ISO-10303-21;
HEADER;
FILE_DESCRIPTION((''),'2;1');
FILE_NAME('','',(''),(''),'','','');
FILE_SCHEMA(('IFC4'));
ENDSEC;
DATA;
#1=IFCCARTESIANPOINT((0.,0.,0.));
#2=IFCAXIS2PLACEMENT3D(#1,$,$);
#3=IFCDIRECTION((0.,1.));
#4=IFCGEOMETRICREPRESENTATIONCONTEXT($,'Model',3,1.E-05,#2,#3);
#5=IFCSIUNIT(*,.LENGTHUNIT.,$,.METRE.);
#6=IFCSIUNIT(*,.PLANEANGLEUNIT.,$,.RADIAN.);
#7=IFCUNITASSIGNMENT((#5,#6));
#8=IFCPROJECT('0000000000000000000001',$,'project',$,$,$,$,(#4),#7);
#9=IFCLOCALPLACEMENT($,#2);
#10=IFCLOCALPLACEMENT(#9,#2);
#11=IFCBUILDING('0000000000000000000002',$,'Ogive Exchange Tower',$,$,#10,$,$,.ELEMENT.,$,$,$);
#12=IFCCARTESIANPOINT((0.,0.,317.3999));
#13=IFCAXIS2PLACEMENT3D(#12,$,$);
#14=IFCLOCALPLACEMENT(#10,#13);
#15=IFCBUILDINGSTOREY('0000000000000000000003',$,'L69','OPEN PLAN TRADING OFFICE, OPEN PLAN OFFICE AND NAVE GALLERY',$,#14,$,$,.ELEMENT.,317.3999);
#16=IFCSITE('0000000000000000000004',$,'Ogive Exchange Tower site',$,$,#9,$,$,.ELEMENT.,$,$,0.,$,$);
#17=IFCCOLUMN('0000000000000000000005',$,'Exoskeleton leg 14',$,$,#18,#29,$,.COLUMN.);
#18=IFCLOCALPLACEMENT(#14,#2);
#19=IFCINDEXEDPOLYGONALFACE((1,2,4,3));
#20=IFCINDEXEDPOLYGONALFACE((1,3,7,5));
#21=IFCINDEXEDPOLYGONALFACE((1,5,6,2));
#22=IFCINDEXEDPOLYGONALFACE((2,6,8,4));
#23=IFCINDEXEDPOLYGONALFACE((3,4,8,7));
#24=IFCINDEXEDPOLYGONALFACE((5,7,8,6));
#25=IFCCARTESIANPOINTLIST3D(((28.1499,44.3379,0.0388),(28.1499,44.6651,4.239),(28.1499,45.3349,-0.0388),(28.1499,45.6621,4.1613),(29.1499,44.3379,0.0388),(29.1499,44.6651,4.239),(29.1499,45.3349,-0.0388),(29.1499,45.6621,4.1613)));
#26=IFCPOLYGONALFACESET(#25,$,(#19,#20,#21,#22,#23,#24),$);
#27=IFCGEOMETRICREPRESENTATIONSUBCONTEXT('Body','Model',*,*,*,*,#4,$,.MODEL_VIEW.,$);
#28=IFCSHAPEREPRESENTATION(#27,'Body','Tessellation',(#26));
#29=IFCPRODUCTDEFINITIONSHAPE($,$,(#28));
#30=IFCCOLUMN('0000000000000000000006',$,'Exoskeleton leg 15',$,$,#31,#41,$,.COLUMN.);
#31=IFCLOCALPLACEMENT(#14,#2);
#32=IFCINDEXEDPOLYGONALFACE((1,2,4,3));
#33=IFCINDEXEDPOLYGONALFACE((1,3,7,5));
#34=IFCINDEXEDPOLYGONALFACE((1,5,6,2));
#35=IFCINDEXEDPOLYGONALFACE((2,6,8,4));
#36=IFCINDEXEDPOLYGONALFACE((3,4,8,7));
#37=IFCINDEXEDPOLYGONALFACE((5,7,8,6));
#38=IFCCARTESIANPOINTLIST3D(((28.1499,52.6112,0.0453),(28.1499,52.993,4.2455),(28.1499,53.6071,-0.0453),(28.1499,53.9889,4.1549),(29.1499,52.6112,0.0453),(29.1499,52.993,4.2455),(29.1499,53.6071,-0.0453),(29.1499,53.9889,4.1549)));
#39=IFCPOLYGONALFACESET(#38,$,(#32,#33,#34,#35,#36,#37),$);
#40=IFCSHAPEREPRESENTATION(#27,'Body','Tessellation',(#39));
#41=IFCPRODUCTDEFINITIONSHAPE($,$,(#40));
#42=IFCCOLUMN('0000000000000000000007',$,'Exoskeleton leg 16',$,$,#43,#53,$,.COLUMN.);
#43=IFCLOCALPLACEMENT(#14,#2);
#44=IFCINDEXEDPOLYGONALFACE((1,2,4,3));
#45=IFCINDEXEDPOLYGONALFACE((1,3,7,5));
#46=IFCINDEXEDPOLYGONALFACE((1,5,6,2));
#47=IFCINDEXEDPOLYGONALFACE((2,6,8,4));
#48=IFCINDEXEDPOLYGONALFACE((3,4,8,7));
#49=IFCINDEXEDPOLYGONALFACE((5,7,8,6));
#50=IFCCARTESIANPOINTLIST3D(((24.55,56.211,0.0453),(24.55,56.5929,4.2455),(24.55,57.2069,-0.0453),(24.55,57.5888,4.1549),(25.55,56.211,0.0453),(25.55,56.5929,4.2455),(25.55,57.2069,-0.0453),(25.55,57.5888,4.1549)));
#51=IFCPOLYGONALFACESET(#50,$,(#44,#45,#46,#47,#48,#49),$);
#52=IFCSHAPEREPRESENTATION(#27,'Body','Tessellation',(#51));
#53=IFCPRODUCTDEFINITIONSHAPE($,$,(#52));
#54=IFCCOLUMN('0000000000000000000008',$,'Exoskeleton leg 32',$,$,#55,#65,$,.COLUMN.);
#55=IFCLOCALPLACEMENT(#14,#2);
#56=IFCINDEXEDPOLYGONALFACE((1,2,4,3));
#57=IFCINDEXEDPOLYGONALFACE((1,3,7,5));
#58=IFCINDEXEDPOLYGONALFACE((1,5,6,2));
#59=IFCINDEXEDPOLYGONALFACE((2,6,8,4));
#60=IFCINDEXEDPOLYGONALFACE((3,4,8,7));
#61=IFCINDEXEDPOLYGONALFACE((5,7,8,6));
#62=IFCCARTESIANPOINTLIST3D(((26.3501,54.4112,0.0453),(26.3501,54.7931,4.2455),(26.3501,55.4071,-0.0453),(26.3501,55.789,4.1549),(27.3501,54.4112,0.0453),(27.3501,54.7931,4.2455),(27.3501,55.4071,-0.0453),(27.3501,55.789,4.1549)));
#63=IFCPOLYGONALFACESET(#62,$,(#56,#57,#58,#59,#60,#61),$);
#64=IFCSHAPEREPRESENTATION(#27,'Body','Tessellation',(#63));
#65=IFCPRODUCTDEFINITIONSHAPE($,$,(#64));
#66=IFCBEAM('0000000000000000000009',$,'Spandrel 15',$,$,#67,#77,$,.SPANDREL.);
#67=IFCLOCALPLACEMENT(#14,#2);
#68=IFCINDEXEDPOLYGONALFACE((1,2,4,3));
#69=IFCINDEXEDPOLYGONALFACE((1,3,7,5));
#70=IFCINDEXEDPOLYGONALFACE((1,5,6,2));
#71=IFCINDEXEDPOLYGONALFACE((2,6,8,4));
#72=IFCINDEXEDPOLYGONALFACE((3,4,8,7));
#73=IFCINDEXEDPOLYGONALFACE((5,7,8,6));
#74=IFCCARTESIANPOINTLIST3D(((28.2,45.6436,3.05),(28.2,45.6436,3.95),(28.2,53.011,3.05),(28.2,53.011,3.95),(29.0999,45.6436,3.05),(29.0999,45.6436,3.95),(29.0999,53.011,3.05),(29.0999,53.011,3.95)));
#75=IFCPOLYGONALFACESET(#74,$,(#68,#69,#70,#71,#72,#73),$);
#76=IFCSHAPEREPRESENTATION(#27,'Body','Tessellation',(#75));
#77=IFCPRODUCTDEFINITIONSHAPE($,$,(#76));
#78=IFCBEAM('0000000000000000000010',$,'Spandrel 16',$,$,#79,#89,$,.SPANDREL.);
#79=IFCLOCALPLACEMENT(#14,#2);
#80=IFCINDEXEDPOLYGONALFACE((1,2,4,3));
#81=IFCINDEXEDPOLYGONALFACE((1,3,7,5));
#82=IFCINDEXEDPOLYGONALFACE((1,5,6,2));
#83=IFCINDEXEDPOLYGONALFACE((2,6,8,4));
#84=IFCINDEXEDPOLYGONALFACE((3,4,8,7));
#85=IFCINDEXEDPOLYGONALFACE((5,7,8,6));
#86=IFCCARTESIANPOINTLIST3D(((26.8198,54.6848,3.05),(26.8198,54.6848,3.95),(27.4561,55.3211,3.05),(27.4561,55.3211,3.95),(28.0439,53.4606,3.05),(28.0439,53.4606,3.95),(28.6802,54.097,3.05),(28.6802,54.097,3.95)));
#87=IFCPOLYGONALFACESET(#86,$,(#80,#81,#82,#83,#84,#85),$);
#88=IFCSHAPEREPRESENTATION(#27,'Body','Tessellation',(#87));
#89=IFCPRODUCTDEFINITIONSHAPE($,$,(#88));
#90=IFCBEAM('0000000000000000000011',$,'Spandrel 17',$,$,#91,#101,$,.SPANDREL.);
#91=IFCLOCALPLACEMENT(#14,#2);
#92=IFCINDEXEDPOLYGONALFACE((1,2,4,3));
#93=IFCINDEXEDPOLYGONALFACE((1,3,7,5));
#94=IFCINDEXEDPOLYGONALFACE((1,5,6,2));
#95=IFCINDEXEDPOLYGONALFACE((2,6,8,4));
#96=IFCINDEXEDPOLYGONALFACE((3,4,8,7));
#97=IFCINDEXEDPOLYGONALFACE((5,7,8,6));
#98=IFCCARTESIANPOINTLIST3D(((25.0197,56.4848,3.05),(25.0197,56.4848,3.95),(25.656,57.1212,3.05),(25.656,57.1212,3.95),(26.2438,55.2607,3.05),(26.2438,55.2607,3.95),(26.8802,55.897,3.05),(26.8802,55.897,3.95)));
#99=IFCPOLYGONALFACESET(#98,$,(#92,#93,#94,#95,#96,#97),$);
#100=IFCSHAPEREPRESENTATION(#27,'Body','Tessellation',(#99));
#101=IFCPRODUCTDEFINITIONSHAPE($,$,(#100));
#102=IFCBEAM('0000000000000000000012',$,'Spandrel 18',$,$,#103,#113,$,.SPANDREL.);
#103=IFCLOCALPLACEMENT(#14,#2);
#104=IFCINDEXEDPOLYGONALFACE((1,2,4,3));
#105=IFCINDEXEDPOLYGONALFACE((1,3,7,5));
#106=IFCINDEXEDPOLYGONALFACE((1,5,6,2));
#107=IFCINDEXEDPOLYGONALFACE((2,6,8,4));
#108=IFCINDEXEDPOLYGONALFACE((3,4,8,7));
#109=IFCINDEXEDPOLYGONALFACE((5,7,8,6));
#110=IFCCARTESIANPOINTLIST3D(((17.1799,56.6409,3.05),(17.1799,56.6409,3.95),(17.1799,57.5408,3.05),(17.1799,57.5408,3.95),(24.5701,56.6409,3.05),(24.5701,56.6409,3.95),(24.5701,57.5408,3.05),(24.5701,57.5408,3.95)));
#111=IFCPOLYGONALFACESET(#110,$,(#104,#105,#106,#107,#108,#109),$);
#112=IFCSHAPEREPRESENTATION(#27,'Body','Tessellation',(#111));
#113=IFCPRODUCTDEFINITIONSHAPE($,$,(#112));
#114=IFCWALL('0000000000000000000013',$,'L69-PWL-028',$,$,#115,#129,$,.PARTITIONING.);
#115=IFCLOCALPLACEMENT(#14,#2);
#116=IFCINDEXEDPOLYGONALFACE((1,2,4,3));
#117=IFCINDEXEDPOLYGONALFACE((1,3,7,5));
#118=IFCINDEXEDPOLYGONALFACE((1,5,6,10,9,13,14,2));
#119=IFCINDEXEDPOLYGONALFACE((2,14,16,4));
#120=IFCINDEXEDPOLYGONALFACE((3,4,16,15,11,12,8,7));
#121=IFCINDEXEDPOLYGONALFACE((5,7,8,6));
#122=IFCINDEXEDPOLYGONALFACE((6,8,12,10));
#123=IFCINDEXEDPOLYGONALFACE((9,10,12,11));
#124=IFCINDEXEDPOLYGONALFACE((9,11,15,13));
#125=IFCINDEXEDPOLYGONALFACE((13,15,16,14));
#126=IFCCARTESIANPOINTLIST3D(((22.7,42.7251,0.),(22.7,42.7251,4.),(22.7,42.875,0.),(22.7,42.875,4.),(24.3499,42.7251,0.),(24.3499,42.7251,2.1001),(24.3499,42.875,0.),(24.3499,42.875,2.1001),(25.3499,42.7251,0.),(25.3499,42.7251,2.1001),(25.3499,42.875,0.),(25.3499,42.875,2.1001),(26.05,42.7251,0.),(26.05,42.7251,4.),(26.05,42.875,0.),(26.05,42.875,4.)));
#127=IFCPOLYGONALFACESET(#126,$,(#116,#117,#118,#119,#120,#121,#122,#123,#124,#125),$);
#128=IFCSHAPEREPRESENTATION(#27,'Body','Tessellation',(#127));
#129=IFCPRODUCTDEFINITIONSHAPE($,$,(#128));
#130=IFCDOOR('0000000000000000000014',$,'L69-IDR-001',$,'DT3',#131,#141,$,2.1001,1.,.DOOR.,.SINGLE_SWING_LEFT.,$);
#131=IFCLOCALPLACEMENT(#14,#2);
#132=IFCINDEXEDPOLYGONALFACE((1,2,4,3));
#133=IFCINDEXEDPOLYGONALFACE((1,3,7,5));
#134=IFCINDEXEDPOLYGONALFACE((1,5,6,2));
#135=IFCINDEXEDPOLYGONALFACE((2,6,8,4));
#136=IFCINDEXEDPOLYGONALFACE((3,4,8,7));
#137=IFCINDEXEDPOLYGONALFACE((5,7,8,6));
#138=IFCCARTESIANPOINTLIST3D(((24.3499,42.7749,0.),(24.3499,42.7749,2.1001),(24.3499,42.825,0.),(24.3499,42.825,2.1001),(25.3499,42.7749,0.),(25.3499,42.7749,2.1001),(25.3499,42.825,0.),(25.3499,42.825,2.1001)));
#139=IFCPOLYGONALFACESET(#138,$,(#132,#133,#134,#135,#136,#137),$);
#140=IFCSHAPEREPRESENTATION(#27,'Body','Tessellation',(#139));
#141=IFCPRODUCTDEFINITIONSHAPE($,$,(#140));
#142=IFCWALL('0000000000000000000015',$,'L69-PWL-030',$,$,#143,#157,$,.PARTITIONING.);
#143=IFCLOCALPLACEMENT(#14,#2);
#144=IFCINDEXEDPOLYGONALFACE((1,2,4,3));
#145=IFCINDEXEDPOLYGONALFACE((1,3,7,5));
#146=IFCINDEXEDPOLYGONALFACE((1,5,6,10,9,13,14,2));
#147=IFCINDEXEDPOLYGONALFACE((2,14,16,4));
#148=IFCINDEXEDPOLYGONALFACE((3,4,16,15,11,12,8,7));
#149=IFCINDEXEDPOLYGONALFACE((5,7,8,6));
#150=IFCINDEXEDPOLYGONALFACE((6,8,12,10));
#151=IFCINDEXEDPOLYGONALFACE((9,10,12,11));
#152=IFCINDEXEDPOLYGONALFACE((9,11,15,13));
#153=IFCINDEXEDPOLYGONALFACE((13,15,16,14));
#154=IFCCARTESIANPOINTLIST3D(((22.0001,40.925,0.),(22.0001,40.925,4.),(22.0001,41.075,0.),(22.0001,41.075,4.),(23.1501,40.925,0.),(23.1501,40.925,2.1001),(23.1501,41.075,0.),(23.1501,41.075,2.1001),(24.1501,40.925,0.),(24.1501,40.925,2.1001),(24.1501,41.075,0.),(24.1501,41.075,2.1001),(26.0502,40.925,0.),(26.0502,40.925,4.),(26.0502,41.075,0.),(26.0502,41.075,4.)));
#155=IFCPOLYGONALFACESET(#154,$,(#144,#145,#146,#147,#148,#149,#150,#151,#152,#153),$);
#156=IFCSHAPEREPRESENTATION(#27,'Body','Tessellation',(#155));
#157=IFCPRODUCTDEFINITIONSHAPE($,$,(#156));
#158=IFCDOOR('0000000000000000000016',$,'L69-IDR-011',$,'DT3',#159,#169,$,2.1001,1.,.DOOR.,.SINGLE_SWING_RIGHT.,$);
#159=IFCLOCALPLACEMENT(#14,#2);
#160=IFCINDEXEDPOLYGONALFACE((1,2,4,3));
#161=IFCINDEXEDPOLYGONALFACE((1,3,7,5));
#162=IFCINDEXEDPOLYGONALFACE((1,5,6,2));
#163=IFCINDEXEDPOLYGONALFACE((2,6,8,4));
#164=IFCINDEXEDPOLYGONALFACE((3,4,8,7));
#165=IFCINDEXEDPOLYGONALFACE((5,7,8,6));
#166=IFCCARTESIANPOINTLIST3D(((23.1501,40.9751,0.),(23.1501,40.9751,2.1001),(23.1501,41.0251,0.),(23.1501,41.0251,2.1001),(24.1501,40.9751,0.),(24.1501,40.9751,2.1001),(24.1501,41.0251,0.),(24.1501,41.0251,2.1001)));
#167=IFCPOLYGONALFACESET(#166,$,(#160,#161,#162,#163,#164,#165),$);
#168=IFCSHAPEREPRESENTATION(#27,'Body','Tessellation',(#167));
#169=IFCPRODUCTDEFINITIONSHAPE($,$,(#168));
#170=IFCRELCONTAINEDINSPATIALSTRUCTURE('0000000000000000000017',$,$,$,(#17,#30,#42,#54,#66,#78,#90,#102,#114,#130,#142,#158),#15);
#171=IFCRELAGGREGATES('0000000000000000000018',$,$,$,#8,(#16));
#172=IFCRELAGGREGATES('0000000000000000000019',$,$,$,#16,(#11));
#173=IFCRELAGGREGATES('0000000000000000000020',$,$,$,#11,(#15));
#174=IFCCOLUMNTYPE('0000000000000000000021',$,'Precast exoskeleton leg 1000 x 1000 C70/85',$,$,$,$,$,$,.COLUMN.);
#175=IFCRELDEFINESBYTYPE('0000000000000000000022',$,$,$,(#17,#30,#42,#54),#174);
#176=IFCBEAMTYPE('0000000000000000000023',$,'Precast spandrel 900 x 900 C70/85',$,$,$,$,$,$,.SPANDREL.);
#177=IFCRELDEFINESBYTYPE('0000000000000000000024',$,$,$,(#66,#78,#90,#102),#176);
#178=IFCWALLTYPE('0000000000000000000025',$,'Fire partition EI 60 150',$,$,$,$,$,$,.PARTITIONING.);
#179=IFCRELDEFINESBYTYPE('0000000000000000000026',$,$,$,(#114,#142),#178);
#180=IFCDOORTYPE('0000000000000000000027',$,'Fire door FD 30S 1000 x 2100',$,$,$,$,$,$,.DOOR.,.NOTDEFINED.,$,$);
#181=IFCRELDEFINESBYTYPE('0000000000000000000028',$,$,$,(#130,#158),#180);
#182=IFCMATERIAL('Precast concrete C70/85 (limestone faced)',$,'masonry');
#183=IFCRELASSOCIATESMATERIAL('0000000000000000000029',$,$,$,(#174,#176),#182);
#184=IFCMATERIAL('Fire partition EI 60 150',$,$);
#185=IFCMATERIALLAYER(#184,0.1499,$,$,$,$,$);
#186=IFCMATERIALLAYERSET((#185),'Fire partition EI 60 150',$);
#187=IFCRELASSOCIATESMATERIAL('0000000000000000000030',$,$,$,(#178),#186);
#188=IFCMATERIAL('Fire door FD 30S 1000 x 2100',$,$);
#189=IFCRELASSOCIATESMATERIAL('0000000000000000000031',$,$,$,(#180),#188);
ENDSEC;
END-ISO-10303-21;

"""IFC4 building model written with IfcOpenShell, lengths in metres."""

from ifc_helpers import new_model, si_unit, direction, frame, frame_2d, origin, origin_2d, place, context, subcontext, project, spatial, rectangle, extrude, material, layer, layer_set, material_profile, profile_set, type_object, element, fill, save


model = new_model("IFC4")

# Units and contexts
model_context = context("Model", 3, precision=1e-05, world=origin(), true_north=direction((0.0, 1.0)))
body_context = subcontext(model_context, "Body", "Model", "MODEL_VIEW")
ifc_project = project(units=[si_unit("LENGTHUNIT", "METRE"), si_unit("PLANEANGLEUNIT", "RADIAN")], contexts=[model_context])

# Site, building, storey
site_placement = place(None, origin())
site = spatial("IfcSite", under=ifc_project, at=site_placement, Name="Ogive Exchange Tower site", CompositionType="ELEMENT", RefElevation=0.0)
building_placement = place(site_placement, origin())
building = spatial("IfcBuilding", under=site, at=building_placement, Name="Ogive Exchange Tower", CompositionType="ELEMENT")
storey_placement = place(building_placement, frame((0.0, 0.0, 317.3999)))
storey = spatial("IfcBuildingStorey", under=building, at=storey_placement, Name="L69", Description="OPEN PLAN TRADING OFFICE, OPEN PLAN OFFICE AND NAVE GALLERY", CompositionType="ELEMENT", Elevation=317.3999)

# Columns
ifc_material_1 = material(Name="Precast concrete C70/85 (limestone faced)", Category="masonry")
ifc_material_profile_1 = material_profile(ifc_material_1, rectangle(XDim=1.0, YDim=1.0, at=origin_2d()), Name="1000 x 1000")
ifc_profile_set_1 = profile_set([ifc_material_profile_1], Name="Precast concrete C70/85 (limestone faced)")
column_type = type_object("IfcColumnType", Name="Precast exoskeleton leg 1000 x 1000 C70/85", PredefinedType="COLUMN", material=ifc_profile_set_1)
column_placement = place(storey_placement, frame((28.6499, 44.8364, 0.0), z_axis=(0.0, 0.077654, 0.99698), x_axis=(-1.0, 0.0, 0.0)))
element("IfcColumn", 1, at=column_placement, inside=storey, type_object=column_type, Name="Exoskeleton leg 14", PredefinedType="COLUMN", context=body_context, shape_type="SweptSolid", body=[
    extrude(rectangle(XDim=1.0, YDim=1.0, at=origin_2d()), origin(), (0.0, 0.0, 1.0), 4.2129),
])
for number, where, z_axis, x_axis, name in (
    (2, (28.6499, 53.1091, 0.0), (0.0, 0.090536, 0.995893), (-1.0, 0.0, 0.0), "Exoskeleton leg 15"),
    (3, (25.05, 56.709, 0.0), (0.0, 0.090536, 0.995893), (-1.0, 0.0, 0.0), "Exoskeleton leg 16"),
    (4, (26.8501, 54.9092, 0.0), (0.0, 0.090536, 0.995893), (-1.0, 0.0, 0.0), "Exoskeleton leg 32"),
):
    element("IfcColumn", number, at=place(storey_placement, frame(where, z_axis=z_axis, x_axis=x_axis)), inside=storey, type_object=column_type, Name=name, PredefinedType="COLUMN", context=body_context, shape_type="SweptSolid", body=[
        extrude(rectangle(XDim=1.0, YDim=1.0, at=origin_2d()), origin(), (0.0, 0.0, 1.0), 4.2175),
    ])

# Beams
ifc_material_profile_2 = material_profile(ifc_material_1, rectangle(XDim=0.8999, YDim=0.8999, at=origin_2d()), Name="900 x 900")
ifc_profile_set_2 = profile_set([ifc_material_profile_2], Name="Precast concrete C70/85 (limestone faced)")
beam_type = type_object("IfcBeamType", Name="Precast spandrel 900 x 900 C70/85", PredefinedType="SPANDREL", material=ifc_profile_set_2)
beam_1_placement = place(storey_placement, frame((28.6499, 45.6436, 3.5), z_axis=(0.0, 1.0, 0.0), x_axis=(-1.0, 0.0, 0.0)))
element("IfcBeam", 5, at=beam_1_placement, inside=storey, type_object=beam_type, Name="Spandrel 15", PredefinedType="SPANDREL", context=body_context, shape_type="SweptSolid", body=[
    extrude(rectangle(XDim=0.8999, YDim=0.8999, at=origin_2d()), origin(), (0.0, 0.0, 1.0), 7.3674),
])
for number, where, z_axis, x_axis, name in (
    (6, (28.3621, 53.7788, 3.5), (-0.707107, 0.707107, 0.0), (-0.707107, -0.707107, 0.0), "Spandrel 16"),
    (7, (26.562, 55.5789, 3.5), (-0.707107, 0.707107, 0.0), (-0.707107, -0.707107, 0.0), "Spandrel 17"),
):
    element("IfcBeam", number, at=place(storey_placement, frame(where, z_axis=z_axis, x_axis=x_axis)), inside=storey, type_object=beam_type, Name=name, PredefinedType="SPANDREL", context=body_context, shape_type="SweptSolid", body=[
        extrude(rectangle(XDim=0.8999, YDim=0.8999, at=origin_2d()), origin(), (0.0, 0.0, 1.0), 1.7312),
    ])
beam_2_placement = place(storey_placement, frame((24.5701, 57.0908, 3.5), z_axis=(-1.0, 0.0, 0.0), x_axis=(0.0, -1.0, 0.0)))
element("IfcBeam", 8, at=beam_2_placement, inside=storey, type_object=beam_type, Name="Spandrel 18", PredefinedType="SPANDREL", context=body_context, shape_type="SweptSolid", body=[
    extrude(rectangle(XDim=0.8999, YDim=0.8999, at=origin_2d()), origin(), (0.0, 0.0, 1.0), 7.3901),
])

# Walls, openings, doors
ifc_material_2 = material(Name="Fire partition EI 60 150")
ifc_layer_1 = layer(ifc_material_2, 0.1499)
ifc_layer_set_1 = layer_set([ifc_layer_1], Name="Fire partition EI 60 150")
wall_type_1 = type_object("IfcWallType", Name="Fire partition EI 60 150", PredefinedType="PARTITIONING", material=ifc_layer_set_1)
wall_1_placement = place(storey_placement, frame((22.7, 42.8, 0.0), z_axis=(0.0, 0.0, 1.0), x_axis=(1.0, 0.0, 0.0)))
wall_1 = element("IfcWall", 9, at=wall_1_placement, inside=storey, type_object=wall_type_1, Name="L69-PWL-028", PredefinedType="PARTITIONING", context=body_context, shape_type="SweptSolid", body=[
    extrude(rectangle(XDim=3.3501, YDim=0.1499, at=frame_2d((1.675, 0.0))), origin(), (0.0, 0.0, 1.0), 4.0),
])
opening_1_placement = place(wall_1_placement, frame((1.6499, 0.0, 0.0)))
opening_1 = element("IfcOpeningElement", 10, at=opening_1_placement, cuts=wall_1, PredefinedType="OPENING", context=body_context, shape_type="SweptSolid", body=[
    extrude(rectangle(XDim=1.0, YDim=2.1001, at=frame_2d((0.5, 1.05))), frame((0.0, 0.085, 0.0), z_axis=(0.0, -1.0, 0.0), x_axis=(1.0, 0.0, 0.0)), (0.0, 0.0, 1.0), 0.1699),
])
ifc_material_3 = material(Name="Fire door FD 30S 1000 x 2100")
door_type_1 = type_object("IfcDoorType", Name="Fire door FD 30S 1000 x 2100", OperationType="NOTDEFINED", PredefinedType="DOOR", material=ifc_material_3)
door_1_placement = place(opening_1_placement, origin())
door_1 = element("IfcDoor", 11, at=door_1_placement, inside=storey, type_object=door_type_1, Name="L69-IDR-001", ObjectType="DT3", OperationType="SINGLE_SWING_LEFT", OverallHeight=2.1001, OverallWidth=1.0, PredefinedType="DOOR", context=body_context, shape_type="SweptSolid", body=[
    extrude(rectangle(XDim=1.0, YDim=2.1001, at=frame_2d((0.5, 1.05))), frame((0.0, 0.0249, 0.0), z_axis=(0.0, -1.0, 0.0), x_axis=(1.0, 0.0, 0.0)), (0.0, 0.0, 1.0), 0.05),
])
fill(opening_1, door_1)
wall_2_placement = place(storey_placement, frame((26.05, 41.0, 0.0), z_axis=(0.0, 0.0, 1.0), x_axis=(-1.0, 0.0, 0.0)))
wall_2 = element("IfcWall", 12, at=wall_2_placement, inside=storey, type_object=wall_type_1, Name="L69-PWL-030", PredefinedType="PARTITIONING", context=body_context, shape_type="SweptSolid", body=[
    extrude(rectangle(XDim=4.05, YDim=0.1499, at=frame_2d((2.0249, 0.0))), origin(), (0.0, 0.0, 1.0), 4.0),
])
opening_2_placement = place(wall_2_placement, frame((1.8999, 0.0, 0.0)))
opening_2 = element("IfcOpeningElement", 13, at=opening_2_placement, cuts=wall_2, PredefinedType="OPENING", context=body_context, shape_type="SweptSolid", body=[
    extrude(rectangle(XDim=1.0, YDim=2.1001, at=frame_2d((0.5, 1.05))), frame((0.0, 0.085, 0.0), z_axis=(0.0, -1.0, 0.0), x_axis=(1.0, 0.0, 0.0)), (0.0, 0.0, 1.0), 0.1699),
])
door_2_placement = place(opening_2_placement, origin())
door_2 = element("IfcDoor", 14, at=door_2_placement, inside=storey, type_object=door_type_1, Name="L69-IDR-011", ObjectType="DT3", OperationType="SINGLE_SWING_RIGHT", OverallHeight=2.1001, OverallWidth=1.0, PredefinedType="DOOR", context=body_context, shape_type="SweptSolid", body=[
    extrude(rectangle(XDim=1.0, YDim=2.1001, at=frame_2d((0.5, 1.05))), frame((0.0, 0.0249, 0.0), z_axis=(0.0, -1.0, 0.0), x_axis=(1.0, 0.0, 0.0)), (0.0, 0.0, 1.0), 0.05),
])
fill(opening_2, door_2)

save(model, "model.ifc")
